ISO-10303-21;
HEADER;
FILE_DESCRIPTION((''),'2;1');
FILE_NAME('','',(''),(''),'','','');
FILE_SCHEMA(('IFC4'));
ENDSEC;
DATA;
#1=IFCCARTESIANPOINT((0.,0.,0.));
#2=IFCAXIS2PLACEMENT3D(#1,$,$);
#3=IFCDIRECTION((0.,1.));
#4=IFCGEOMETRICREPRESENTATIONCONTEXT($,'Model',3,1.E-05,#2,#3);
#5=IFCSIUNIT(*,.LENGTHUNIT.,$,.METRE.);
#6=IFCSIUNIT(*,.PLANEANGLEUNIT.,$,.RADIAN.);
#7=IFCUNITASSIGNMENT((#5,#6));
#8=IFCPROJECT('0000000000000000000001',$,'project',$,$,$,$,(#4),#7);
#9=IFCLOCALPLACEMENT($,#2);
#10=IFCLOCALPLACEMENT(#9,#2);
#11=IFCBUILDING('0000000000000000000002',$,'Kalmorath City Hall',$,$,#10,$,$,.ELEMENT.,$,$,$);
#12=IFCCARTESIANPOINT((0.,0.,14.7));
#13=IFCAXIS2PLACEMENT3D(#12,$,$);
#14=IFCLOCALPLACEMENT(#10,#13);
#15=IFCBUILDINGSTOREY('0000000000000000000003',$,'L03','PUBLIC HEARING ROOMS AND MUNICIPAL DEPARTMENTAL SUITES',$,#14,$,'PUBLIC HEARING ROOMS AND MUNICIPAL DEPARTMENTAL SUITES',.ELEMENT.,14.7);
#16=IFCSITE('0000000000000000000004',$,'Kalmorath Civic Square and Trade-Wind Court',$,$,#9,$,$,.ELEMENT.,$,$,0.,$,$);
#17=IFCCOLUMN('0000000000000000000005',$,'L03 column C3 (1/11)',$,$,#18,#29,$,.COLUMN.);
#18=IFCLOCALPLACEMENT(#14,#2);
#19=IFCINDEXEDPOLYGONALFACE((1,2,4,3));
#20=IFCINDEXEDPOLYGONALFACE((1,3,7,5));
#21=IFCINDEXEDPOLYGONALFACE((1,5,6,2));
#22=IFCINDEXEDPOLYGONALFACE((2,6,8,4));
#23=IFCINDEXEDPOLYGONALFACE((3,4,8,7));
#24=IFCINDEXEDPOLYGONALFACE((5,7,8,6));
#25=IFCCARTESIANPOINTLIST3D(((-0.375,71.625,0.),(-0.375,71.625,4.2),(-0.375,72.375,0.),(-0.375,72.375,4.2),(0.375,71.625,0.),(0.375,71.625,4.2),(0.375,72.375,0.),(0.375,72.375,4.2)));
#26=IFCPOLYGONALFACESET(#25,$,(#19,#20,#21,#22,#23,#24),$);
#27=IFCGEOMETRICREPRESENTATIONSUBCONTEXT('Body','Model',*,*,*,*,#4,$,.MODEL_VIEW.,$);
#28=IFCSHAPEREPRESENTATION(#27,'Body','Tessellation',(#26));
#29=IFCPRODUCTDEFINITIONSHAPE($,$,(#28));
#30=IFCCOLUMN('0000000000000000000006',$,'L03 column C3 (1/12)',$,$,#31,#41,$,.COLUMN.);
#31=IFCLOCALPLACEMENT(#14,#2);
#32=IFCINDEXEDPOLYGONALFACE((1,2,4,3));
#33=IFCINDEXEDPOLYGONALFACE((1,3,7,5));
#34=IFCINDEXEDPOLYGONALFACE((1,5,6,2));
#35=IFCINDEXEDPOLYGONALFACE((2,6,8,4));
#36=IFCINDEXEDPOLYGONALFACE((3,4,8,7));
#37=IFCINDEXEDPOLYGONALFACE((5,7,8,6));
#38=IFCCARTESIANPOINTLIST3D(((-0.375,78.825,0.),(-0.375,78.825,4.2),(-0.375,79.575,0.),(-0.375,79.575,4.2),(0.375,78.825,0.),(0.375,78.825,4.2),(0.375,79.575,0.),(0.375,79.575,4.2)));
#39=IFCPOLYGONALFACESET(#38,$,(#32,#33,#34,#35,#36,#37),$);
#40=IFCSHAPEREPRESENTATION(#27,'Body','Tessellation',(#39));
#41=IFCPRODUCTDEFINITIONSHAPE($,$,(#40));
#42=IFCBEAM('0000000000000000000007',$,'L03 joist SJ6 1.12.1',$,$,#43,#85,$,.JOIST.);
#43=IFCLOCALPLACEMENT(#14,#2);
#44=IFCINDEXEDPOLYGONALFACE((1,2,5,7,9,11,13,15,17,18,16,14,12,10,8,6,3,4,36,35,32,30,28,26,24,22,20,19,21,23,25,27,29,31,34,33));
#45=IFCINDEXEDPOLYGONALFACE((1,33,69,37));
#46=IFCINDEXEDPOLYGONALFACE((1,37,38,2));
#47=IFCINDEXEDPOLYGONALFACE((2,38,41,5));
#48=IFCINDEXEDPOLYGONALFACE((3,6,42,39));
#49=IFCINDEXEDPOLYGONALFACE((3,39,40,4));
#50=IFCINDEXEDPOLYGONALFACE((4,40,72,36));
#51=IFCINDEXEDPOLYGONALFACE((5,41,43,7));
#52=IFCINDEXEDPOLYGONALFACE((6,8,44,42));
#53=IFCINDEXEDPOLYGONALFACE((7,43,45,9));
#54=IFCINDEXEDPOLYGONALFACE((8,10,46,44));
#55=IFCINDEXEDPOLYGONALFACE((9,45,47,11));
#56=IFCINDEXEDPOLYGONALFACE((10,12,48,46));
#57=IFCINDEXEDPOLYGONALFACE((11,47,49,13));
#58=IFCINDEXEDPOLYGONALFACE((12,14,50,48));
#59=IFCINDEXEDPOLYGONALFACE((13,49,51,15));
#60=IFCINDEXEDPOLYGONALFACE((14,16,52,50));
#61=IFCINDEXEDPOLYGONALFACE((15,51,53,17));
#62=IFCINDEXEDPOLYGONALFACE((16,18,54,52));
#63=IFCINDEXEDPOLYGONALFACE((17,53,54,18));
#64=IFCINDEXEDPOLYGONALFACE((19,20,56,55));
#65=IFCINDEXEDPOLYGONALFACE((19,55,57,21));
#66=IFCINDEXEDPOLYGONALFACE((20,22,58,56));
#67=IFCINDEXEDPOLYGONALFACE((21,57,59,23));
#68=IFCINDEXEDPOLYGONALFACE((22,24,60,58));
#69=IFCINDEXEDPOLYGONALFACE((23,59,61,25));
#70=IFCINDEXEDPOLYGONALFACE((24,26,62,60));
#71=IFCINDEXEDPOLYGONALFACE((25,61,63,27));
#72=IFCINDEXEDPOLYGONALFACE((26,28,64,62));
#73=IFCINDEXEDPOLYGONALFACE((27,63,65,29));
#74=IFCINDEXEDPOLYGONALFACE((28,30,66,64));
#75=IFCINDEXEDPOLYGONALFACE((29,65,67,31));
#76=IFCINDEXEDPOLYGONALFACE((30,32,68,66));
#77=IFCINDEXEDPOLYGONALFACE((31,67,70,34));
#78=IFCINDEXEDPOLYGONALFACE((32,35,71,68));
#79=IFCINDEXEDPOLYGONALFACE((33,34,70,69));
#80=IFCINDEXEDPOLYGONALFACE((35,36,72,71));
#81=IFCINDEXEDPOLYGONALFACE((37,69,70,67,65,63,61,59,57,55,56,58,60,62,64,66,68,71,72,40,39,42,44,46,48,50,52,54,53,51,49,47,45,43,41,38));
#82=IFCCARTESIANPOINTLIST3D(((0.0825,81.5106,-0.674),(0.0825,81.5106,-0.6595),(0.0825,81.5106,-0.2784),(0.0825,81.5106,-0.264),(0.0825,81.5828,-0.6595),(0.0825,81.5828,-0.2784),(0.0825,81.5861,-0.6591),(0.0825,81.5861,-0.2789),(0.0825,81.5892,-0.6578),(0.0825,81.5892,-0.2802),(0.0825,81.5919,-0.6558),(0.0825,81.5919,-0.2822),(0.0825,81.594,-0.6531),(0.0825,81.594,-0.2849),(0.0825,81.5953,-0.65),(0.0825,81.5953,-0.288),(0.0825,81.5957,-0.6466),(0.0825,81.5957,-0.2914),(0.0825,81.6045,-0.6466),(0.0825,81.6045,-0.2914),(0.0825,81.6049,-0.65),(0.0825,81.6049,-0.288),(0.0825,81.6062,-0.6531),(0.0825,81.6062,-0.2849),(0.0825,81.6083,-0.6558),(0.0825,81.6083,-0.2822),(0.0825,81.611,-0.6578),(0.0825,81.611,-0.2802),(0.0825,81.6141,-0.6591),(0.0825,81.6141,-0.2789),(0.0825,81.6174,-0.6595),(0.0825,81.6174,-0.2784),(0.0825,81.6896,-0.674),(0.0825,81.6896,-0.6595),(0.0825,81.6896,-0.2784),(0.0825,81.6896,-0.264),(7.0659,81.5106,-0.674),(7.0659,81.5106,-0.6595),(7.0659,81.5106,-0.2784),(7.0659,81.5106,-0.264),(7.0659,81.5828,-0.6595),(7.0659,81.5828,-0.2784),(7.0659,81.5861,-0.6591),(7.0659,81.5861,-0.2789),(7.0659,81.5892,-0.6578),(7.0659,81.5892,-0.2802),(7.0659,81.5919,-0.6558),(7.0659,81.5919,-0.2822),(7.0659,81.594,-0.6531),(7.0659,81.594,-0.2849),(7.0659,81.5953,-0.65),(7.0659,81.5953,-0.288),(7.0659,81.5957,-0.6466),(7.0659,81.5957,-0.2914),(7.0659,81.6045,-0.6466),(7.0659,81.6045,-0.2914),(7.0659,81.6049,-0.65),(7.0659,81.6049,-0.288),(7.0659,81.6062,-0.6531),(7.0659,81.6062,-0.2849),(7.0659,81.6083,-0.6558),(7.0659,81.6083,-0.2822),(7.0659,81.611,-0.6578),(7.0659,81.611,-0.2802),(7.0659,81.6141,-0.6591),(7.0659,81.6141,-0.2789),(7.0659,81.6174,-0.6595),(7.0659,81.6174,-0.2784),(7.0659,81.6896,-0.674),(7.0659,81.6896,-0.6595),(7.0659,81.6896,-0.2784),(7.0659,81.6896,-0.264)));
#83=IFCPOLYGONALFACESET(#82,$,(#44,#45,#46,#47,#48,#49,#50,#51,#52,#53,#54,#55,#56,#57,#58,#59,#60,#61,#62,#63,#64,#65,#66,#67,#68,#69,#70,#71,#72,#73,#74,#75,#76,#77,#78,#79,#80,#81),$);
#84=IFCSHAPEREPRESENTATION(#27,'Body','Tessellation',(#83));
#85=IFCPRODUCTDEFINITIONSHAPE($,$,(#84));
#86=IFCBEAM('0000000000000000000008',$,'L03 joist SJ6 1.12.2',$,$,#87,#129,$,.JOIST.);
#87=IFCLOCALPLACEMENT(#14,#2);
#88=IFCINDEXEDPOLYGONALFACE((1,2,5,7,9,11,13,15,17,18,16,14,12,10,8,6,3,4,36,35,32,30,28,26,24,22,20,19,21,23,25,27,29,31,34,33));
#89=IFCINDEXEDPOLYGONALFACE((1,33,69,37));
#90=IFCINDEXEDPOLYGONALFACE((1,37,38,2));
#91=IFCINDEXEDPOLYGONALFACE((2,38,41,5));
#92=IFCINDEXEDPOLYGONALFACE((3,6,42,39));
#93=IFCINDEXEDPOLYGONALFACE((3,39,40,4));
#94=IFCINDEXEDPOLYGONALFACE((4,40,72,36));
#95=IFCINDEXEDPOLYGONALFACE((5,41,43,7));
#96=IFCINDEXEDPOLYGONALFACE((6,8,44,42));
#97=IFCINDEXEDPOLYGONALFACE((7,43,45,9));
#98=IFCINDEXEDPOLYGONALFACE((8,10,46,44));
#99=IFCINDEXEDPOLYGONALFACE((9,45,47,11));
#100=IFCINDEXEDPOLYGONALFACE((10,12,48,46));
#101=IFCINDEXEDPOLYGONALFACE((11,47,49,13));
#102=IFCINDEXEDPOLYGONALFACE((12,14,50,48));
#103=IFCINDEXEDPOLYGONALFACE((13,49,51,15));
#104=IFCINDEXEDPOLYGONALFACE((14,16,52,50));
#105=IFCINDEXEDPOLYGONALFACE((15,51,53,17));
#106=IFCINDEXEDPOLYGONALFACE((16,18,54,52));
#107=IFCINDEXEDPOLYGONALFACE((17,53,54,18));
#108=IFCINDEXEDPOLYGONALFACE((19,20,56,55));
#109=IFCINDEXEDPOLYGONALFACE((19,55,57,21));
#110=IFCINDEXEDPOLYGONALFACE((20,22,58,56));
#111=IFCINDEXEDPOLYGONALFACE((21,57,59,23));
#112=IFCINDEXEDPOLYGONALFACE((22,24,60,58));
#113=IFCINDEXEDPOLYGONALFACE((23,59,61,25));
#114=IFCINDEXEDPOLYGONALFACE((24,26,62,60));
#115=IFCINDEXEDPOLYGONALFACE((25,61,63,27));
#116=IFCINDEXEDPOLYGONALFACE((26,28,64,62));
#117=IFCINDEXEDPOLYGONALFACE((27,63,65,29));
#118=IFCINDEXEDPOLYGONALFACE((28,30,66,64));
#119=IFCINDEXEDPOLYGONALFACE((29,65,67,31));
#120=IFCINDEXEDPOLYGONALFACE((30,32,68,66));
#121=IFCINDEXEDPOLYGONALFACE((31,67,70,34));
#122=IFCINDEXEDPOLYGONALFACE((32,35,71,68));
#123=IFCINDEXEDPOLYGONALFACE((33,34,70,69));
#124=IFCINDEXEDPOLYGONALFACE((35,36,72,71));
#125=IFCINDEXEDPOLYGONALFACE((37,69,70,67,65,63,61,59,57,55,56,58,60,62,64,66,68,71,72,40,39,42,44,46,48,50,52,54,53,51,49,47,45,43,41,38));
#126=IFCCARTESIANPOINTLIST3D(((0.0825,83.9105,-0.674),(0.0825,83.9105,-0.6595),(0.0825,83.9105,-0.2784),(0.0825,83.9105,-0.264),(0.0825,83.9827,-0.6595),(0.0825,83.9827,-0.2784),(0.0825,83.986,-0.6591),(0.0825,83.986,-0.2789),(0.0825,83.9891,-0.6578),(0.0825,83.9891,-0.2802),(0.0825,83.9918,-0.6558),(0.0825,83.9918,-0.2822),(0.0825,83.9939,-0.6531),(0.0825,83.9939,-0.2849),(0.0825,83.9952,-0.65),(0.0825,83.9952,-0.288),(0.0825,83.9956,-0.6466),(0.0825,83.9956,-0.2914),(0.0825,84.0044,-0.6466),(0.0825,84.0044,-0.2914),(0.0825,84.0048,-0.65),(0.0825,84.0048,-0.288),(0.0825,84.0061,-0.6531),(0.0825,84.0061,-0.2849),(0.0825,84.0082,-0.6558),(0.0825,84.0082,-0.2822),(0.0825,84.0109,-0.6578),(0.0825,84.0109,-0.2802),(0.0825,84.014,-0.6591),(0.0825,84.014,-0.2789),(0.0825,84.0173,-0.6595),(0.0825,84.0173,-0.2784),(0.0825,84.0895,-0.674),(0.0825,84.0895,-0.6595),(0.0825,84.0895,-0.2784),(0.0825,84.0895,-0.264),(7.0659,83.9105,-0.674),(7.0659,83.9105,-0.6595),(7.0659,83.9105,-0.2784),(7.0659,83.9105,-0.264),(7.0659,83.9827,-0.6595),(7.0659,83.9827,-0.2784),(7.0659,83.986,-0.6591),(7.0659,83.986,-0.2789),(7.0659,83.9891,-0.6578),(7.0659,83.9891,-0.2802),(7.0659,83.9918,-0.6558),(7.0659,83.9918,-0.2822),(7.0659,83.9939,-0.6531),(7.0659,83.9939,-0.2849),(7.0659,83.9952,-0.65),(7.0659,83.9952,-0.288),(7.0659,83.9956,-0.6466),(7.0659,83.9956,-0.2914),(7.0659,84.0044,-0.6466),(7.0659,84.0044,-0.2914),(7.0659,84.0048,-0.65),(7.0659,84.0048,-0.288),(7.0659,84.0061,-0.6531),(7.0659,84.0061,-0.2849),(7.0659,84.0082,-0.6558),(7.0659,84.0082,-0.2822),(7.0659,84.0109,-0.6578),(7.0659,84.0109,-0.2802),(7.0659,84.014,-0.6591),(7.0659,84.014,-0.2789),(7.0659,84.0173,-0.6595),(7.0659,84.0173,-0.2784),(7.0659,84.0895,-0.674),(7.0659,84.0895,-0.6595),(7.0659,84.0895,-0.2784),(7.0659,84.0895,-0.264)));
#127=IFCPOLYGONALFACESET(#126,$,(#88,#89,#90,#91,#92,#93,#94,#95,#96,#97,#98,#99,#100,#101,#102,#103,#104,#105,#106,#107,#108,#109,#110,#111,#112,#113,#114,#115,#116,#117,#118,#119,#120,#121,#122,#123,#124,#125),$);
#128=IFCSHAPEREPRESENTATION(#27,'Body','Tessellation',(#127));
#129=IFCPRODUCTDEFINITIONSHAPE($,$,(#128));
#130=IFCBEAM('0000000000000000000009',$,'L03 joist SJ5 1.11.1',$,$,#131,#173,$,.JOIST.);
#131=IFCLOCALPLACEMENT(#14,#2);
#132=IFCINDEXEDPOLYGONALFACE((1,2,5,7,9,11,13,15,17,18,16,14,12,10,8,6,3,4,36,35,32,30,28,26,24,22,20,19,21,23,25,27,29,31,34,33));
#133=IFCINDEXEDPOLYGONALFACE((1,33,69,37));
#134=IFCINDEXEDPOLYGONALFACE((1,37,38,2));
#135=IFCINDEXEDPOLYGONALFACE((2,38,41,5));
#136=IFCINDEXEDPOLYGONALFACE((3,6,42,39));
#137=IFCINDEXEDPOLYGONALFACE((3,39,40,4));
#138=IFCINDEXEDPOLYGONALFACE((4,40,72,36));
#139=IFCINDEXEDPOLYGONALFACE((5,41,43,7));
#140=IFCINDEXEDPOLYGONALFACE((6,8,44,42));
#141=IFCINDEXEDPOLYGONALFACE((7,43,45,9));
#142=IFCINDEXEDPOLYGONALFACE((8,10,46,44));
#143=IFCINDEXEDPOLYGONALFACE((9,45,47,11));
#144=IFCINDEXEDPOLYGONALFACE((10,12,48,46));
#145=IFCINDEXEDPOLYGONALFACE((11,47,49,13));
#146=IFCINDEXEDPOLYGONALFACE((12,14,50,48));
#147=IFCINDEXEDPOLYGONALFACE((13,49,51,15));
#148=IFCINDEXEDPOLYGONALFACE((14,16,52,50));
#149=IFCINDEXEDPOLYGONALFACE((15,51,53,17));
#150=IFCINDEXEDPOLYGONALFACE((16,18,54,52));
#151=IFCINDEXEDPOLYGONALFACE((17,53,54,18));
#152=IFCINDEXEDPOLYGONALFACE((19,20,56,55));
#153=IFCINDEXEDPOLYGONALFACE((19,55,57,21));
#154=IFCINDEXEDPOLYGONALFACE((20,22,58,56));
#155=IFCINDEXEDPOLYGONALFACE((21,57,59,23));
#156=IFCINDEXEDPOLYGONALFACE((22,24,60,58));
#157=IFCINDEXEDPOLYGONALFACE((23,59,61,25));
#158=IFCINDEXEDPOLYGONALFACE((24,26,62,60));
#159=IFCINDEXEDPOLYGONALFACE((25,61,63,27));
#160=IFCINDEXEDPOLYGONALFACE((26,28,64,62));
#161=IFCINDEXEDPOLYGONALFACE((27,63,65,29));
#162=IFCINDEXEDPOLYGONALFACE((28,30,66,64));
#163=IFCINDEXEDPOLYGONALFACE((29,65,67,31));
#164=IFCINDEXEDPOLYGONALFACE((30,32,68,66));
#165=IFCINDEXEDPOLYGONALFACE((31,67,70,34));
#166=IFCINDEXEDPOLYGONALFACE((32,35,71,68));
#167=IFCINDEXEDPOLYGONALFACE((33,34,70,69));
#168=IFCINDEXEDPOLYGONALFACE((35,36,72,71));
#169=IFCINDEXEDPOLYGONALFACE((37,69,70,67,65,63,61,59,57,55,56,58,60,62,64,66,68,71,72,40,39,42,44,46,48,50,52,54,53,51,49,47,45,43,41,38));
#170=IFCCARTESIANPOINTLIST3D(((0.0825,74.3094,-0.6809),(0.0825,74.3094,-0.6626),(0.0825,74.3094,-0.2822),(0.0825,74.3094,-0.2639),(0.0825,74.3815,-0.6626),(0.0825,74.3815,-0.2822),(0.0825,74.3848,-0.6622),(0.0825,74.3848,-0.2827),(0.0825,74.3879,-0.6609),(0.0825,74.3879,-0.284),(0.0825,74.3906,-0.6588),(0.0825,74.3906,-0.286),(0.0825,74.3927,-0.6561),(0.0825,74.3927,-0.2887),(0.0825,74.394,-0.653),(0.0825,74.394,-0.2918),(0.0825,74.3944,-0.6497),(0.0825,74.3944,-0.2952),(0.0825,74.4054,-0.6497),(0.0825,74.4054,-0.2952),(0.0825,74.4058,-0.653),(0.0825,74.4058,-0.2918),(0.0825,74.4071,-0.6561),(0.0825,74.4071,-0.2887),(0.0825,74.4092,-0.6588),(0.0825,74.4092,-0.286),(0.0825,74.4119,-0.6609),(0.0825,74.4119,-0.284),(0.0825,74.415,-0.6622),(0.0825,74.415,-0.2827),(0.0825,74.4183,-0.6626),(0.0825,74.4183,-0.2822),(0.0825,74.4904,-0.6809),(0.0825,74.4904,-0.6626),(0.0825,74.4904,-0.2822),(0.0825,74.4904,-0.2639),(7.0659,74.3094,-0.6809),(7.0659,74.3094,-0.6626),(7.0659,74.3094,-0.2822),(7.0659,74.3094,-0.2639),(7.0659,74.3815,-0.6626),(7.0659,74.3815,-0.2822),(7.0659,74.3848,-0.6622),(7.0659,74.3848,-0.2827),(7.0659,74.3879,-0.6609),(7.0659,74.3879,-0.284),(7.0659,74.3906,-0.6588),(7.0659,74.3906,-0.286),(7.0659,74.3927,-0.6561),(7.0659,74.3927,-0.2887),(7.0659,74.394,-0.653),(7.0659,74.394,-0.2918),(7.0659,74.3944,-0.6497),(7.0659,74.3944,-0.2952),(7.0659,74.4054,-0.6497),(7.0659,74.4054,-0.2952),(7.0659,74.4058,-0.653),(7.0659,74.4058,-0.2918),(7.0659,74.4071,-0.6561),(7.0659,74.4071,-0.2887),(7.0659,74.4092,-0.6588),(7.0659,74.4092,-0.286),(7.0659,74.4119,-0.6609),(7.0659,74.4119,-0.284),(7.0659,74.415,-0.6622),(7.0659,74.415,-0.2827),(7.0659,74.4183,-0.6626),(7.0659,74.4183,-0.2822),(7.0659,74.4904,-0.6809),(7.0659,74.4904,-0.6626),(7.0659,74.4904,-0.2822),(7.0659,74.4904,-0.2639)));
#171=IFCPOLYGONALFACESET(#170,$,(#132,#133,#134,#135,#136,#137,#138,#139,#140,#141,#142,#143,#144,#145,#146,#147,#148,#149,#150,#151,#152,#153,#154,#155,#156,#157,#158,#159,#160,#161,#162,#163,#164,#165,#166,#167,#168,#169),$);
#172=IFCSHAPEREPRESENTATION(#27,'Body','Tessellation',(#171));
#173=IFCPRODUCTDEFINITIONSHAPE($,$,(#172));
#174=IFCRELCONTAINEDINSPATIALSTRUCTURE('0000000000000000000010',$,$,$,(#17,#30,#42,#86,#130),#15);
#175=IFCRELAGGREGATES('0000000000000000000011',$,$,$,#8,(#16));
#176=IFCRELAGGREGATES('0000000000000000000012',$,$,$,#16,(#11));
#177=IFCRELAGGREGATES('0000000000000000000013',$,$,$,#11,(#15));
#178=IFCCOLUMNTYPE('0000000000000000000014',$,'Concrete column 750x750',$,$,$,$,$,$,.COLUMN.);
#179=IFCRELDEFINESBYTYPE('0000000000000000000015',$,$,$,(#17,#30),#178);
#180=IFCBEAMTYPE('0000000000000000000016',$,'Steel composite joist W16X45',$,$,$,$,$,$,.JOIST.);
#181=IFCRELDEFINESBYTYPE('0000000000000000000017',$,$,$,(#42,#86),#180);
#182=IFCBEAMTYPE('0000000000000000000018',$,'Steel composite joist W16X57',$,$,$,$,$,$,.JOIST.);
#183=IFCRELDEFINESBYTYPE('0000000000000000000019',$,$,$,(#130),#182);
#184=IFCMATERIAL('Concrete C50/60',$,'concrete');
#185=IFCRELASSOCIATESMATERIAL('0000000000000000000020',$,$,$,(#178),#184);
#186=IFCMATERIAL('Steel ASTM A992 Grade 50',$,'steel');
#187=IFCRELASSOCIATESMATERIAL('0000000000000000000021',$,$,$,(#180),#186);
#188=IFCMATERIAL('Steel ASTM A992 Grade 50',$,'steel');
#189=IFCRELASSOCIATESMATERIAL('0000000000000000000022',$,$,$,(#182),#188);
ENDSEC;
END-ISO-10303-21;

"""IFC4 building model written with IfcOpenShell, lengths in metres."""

from ifc_helpers import new_model, si_unit, direction, frame, origin, origin_2d, place, context, subcontext, project, spatial, rectangle, i_section, extrude, material, material_profile, profile_set, type_object, element, save


model = new_model("IFC4")

# Units and contexts
model_context = context("Model", 3, precision=1e-05, world=origin(), true_north=direction((0.0, 1.0)))
body_context = subcontext(model_context, "Body", "Model", "MODEL_VIEW")
ifc_project = project(units=[si_unit("LENGTHUNIT", "METRE"), si_unit("PLANEANGLEUNIT", "RADIAN")], contexts=[model_context])

# Site, building, storey
site_placement = place(None, origin())
site = spatial("IfcSite", under=ifc_project, at=site_placement, Name="Kalmorath Civic Square and Trade-Wind Court", CompositionType="ELEMENT", RefElevation=0.0)
building_placement = place(site_placement, origin())
building = spatial("IfcBuilding", under=site, at=building_placement, Name="Kalmorath City Hall", CompositionType="ELEMENT")
storey_placement = place(building_placement, frame((0.0, 0.0, 14.7)))
storey = spatial("IfcBuildingStorey", under=building, at=storey_placement, Name="L03", Description="PUBLIC HEARING ROOMS AND MUNICIPAL DEPARTMENTAL SUITES", LongName="PUBLIC HEARING ROOMS AND MUNICIPAL DEPARTMENTAL SUITES", CompositionType="ELEMENT", Elevation=14.7)

# Columns
ifc_material_1 = material(Name="Concrete C50/60", Category="concrete")
ifc_material_profile_1 = material_profile(ifc_material_1, rectangle(XDim=0.75, YDim=0.75, at=origin_2d()), Name="RC-COL-750X750")
ifc_profile_set_1 = profile_set([ifc_material_profile_1], Name="Concrete C50/60")
column_type = type_object("IfcColumnType", Name="Concrete column 750x750", PredefinedType="COLUMN", material=ifc_profile_set_1)
for number, where, z_axis, x_axis, name in (
    (1, (0.0, 72.0, 0.0), (0.0, 0.0, 1.0), (1.0, 0.0, 0.0), "L03 column C3 (1/11)"),
    (2, (0.0, 79.2, 0.0), (0.0, 0.0, 1.0), (1.0, 0.0, 0.0), "L03 column C3 (1/12)"),
):
    element("IfcColumn", number, at=place(storey_placement, frame(where, z_axis=z_axis, x_axis=x_axis)), inside=storey, type_object=column_type, Name=name, PredefinedType="COLUMN", context=body_context, shape_type="SweptSolid", body=[
        extrude(rectangle(XDim=0.75, YDim=0.75, at=origin_2d()), origin(), (0.0, 0.0, 1.0), 4.2),
    ])

# Beams
ifc_material_2 = material(Name="Steel ASTM A992 Grade 50", Category="steel")
ifc_material_profile_2 = material_profile(ifc_material_2, i_section(OverallWidth=0.179, OverallDepth=0.4099, WebThickness=0.0088, FlangeThickness=0.0144, FilletRadius=0.0129, at=origin_2d()), Name="W16X45")
ifc_profile_set_2 = profile_set([ifc_material_profile_2], Name="Steel ASTM A992 Grade 50")
beam_type_1 = type_object("IfcBeamType", Name="Steel composite joist W16X45", PredefinedType="JOIST", material=ifc_profile_set_2)
for number, where, z_axis, x_axis, name in (
    (3, (0.0825, 81.6001, -0.469), (1.0, 0.0, 0.0), (0.0, 1.0, 0.0), "L03 joist SJ6 1.12.1"),
    (4, (0.0825, 84.0, -0.469), (1.0, 0.0, 0.0), (0.0, 1.0, 0.0), "L03 joist SJ6 1.12.2"),
):
    element("IfcBeam", number, at=place(storey_placement, frame(where, z_axis=z_axis, x_axis=x_axis)), inside=storey, type_object=beam_type_1, Name=name, PredefinedType="JOIST", context=body_context, shape_type="SweptSolid", body=[
        extrude(i_section(OverallWidth=0.179, OverallDepth=0.4099, WebThickness=0.0088, FlangeThickness=0.0144, FilletRadius=0.0129, at=origin_2d()), origin(), (0.0, 0.0, 1.0), 6.9834),
    ])
ifc_material_3 = material(Name="Steel ASTM A992 Grade 50", Category="steel")
ifc_material_profile_3 = material_profile(ifc_material_3, i_section(OverallWidth=0.1809, OverallDepth=0.417, WebThickness=0.011, FlangeThickness=0.0183, FilletRadius=0.0129, at=origin_2d()), Name="W16X57")
ifc_profile_set_3 = profile_set([ifc_material_profile_3], Name="Steel ASTM A992 Grade 50")
beam_type_2 = type_object("IfcBeamType", Name="Steel composite joist W16X57", PredefinedType="JOIST", material=ifc_profile_set_3)
for number, where, z_axis, x_axis, name in (
    (5, (0.0825, 74.3999, -0.4724), (1.0, 0.0, 0.0), (0.0, 1.0, 0.0), "L03 joist SJ5 1.11.1"),
):
    element("IfcBeam", number, at=place(storey_placement, frame(where, z_axis=z_axis, x_axis=x_axis)), inside=storey, type_object=beam_type_2, Name=name, PredefinedType="JOIST", context=body_context, shape_type="SweptSolid", body=[
        extrude(i_section(OverallWidth=0.1809, OverallDepth=0.417, WebThickness=0.011, FlangeThickness=0.0183, FilletRadius=0.0129, at=origin_2d()), origin(), (0.0, 0.0, 1.0), 6.9834),
    ])

save(model, "model.ifc")
